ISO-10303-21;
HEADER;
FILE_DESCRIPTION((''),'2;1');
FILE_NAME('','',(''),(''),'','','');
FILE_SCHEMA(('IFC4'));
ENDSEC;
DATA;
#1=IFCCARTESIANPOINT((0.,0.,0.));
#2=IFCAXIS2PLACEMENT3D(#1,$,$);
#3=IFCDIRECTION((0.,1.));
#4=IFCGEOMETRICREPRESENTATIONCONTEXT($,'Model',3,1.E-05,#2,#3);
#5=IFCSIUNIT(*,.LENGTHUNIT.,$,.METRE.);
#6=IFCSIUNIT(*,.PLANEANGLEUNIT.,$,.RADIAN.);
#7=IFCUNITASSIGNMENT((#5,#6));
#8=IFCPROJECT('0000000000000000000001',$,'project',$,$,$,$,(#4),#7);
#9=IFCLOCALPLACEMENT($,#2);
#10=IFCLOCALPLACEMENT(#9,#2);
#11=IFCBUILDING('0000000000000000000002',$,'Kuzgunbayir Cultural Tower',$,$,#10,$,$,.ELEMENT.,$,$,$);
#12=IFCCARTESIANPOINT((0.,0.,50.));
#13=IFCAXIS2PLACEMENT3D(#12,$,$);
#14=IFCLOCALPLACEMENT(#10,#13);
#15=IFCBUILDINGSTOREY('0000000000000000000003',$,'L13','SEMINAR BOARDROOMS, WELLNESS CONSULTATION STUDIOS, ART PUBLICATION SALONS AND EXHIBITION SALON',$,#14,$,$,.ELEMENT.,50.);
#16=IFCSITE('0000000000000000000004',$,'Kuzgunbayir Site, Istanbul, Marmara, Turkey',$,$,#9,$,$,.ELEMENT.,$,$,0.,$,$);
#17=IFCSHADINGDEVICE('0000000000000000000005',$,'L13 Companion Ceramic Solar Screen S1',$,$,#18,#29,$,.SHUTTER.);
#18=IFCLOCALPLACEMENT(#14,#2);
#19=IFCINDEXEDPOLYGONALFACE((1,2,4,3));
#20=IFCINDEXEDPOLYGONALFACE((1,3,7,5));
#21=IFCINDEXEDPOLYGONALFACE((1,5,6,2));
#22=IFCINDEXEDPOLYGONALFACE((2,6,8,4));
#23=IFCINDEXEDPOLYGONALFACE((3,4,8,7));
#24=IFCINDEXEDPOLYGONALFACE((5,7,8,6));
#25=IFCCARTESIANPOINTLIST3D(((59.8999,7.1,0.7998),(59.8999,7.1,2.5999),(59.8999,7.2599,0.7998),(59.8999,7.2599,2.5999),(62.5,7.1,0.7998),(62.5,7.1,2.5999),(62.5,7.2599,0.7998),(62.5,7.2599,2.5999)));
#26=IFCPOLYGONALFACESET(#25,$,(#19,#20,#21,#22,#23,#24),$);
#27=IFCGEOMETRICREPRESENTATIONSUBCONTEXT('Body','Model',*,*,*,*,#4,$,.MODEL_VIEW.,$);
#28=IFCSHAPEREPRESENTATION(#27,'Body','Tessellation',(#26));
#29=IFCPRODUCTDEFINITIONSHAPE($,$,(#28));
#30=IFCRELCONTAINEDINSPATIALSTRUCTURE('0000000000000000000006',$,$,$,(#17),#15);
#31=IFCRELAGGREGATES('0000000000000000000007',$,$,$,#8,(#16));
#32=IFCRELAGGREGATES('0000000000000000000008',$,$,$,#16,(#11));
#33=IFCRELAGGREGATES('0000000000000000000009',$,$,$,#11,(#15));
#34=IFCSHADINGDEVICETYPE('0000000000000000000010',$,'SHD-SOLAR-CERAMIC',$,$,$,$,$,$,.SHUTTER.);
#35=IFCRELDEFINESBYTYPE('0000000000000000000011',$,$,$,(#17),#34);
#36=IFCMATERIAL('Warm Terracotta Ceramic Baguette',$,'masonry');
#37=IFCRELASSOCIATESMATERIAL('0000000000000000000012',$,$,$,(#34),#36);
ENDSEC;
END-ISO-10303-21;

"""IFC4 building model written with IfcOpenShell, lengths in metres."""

from ifc_helpers import new_model, si_unit, direction, frame, origin, origin_2d, place, context, subcontext, project, spatial, rectangle, extrude, material, type_object, element, save


model = new_model("IFC4")

# Units and contexts
model_context = context("Model", 3, precision=1e-05, world=origin(), true_north=direction((0.0, 1.0)))
body_context = subcontext(model_context, "Body", "Model", "MODEL_VIEW")
ifc_project = project(units=[si_unit("LENGTHUNIT", "METRE"), si_unit("PLANEANGLEUNIT", "RADIAN")], contexts=[model_context])

# Site, building, storey
site_placement = place(None, origin())
site = spatial("IfcSite", under=ifc_project, at=site_placement, Name="Kuzgunbayir Site, Istanbul, Marmara, Turkey", CompositionType="ELEMENT", RefElevation=0.0)
building_placement = place(site_placement, origin())
building = spatial("IfcBuilding", under=site, at=building_placement, Name="Kuzgunbayir Cultural Tower", CompositionType="ELEMENT")
storey_placement = place(building_placement, frame((0.0, 0.0, 50.0)))
storey = spatial("IfcBuildingStorey", under=building, at=storey_placement, Name="L13", Description="SEMINAR BOARDROOMS, WELLNESS CONSULTATION STUDIOS, ART PUBLICATION SALONS AND EXHIBITION SALON", CompositionType="ELEMENT", Elevation=50.0)

# Shading device
ifc_material_1 = material(Name="Warm Terracotta Ceramic Baguette", Category="masonry")
shading_device_type = type_object("IfcShadingDeviceType", Name="SHD-SOLAR-CERAMIC", PredefinedType="SHUTTER", material=ifc_material_1)
shading_device_placement = place(storey_placement, frame((61.2, 7.1799, 0.7998), z_axis=(0.0, 0.0, 1.0), x_axis=(1.0, 0.0, 0.0)))
element("IfcShadingDevice", 1, at=shading_device_placement, inside=storey, type_object=shading_device_type, Name="L13 Companion Ceramic Solar Screen S1", PredefinedType="SHUTTER", context=body_context, shape_type="SweptSolid", body=[
    extrude(rectangle(XDim=2.6001, YDim=0.1599, at=origin_2d()), origin(), (0.0, 0.0, 1.0), 1.8),
])

save(model, "model.ifc")
